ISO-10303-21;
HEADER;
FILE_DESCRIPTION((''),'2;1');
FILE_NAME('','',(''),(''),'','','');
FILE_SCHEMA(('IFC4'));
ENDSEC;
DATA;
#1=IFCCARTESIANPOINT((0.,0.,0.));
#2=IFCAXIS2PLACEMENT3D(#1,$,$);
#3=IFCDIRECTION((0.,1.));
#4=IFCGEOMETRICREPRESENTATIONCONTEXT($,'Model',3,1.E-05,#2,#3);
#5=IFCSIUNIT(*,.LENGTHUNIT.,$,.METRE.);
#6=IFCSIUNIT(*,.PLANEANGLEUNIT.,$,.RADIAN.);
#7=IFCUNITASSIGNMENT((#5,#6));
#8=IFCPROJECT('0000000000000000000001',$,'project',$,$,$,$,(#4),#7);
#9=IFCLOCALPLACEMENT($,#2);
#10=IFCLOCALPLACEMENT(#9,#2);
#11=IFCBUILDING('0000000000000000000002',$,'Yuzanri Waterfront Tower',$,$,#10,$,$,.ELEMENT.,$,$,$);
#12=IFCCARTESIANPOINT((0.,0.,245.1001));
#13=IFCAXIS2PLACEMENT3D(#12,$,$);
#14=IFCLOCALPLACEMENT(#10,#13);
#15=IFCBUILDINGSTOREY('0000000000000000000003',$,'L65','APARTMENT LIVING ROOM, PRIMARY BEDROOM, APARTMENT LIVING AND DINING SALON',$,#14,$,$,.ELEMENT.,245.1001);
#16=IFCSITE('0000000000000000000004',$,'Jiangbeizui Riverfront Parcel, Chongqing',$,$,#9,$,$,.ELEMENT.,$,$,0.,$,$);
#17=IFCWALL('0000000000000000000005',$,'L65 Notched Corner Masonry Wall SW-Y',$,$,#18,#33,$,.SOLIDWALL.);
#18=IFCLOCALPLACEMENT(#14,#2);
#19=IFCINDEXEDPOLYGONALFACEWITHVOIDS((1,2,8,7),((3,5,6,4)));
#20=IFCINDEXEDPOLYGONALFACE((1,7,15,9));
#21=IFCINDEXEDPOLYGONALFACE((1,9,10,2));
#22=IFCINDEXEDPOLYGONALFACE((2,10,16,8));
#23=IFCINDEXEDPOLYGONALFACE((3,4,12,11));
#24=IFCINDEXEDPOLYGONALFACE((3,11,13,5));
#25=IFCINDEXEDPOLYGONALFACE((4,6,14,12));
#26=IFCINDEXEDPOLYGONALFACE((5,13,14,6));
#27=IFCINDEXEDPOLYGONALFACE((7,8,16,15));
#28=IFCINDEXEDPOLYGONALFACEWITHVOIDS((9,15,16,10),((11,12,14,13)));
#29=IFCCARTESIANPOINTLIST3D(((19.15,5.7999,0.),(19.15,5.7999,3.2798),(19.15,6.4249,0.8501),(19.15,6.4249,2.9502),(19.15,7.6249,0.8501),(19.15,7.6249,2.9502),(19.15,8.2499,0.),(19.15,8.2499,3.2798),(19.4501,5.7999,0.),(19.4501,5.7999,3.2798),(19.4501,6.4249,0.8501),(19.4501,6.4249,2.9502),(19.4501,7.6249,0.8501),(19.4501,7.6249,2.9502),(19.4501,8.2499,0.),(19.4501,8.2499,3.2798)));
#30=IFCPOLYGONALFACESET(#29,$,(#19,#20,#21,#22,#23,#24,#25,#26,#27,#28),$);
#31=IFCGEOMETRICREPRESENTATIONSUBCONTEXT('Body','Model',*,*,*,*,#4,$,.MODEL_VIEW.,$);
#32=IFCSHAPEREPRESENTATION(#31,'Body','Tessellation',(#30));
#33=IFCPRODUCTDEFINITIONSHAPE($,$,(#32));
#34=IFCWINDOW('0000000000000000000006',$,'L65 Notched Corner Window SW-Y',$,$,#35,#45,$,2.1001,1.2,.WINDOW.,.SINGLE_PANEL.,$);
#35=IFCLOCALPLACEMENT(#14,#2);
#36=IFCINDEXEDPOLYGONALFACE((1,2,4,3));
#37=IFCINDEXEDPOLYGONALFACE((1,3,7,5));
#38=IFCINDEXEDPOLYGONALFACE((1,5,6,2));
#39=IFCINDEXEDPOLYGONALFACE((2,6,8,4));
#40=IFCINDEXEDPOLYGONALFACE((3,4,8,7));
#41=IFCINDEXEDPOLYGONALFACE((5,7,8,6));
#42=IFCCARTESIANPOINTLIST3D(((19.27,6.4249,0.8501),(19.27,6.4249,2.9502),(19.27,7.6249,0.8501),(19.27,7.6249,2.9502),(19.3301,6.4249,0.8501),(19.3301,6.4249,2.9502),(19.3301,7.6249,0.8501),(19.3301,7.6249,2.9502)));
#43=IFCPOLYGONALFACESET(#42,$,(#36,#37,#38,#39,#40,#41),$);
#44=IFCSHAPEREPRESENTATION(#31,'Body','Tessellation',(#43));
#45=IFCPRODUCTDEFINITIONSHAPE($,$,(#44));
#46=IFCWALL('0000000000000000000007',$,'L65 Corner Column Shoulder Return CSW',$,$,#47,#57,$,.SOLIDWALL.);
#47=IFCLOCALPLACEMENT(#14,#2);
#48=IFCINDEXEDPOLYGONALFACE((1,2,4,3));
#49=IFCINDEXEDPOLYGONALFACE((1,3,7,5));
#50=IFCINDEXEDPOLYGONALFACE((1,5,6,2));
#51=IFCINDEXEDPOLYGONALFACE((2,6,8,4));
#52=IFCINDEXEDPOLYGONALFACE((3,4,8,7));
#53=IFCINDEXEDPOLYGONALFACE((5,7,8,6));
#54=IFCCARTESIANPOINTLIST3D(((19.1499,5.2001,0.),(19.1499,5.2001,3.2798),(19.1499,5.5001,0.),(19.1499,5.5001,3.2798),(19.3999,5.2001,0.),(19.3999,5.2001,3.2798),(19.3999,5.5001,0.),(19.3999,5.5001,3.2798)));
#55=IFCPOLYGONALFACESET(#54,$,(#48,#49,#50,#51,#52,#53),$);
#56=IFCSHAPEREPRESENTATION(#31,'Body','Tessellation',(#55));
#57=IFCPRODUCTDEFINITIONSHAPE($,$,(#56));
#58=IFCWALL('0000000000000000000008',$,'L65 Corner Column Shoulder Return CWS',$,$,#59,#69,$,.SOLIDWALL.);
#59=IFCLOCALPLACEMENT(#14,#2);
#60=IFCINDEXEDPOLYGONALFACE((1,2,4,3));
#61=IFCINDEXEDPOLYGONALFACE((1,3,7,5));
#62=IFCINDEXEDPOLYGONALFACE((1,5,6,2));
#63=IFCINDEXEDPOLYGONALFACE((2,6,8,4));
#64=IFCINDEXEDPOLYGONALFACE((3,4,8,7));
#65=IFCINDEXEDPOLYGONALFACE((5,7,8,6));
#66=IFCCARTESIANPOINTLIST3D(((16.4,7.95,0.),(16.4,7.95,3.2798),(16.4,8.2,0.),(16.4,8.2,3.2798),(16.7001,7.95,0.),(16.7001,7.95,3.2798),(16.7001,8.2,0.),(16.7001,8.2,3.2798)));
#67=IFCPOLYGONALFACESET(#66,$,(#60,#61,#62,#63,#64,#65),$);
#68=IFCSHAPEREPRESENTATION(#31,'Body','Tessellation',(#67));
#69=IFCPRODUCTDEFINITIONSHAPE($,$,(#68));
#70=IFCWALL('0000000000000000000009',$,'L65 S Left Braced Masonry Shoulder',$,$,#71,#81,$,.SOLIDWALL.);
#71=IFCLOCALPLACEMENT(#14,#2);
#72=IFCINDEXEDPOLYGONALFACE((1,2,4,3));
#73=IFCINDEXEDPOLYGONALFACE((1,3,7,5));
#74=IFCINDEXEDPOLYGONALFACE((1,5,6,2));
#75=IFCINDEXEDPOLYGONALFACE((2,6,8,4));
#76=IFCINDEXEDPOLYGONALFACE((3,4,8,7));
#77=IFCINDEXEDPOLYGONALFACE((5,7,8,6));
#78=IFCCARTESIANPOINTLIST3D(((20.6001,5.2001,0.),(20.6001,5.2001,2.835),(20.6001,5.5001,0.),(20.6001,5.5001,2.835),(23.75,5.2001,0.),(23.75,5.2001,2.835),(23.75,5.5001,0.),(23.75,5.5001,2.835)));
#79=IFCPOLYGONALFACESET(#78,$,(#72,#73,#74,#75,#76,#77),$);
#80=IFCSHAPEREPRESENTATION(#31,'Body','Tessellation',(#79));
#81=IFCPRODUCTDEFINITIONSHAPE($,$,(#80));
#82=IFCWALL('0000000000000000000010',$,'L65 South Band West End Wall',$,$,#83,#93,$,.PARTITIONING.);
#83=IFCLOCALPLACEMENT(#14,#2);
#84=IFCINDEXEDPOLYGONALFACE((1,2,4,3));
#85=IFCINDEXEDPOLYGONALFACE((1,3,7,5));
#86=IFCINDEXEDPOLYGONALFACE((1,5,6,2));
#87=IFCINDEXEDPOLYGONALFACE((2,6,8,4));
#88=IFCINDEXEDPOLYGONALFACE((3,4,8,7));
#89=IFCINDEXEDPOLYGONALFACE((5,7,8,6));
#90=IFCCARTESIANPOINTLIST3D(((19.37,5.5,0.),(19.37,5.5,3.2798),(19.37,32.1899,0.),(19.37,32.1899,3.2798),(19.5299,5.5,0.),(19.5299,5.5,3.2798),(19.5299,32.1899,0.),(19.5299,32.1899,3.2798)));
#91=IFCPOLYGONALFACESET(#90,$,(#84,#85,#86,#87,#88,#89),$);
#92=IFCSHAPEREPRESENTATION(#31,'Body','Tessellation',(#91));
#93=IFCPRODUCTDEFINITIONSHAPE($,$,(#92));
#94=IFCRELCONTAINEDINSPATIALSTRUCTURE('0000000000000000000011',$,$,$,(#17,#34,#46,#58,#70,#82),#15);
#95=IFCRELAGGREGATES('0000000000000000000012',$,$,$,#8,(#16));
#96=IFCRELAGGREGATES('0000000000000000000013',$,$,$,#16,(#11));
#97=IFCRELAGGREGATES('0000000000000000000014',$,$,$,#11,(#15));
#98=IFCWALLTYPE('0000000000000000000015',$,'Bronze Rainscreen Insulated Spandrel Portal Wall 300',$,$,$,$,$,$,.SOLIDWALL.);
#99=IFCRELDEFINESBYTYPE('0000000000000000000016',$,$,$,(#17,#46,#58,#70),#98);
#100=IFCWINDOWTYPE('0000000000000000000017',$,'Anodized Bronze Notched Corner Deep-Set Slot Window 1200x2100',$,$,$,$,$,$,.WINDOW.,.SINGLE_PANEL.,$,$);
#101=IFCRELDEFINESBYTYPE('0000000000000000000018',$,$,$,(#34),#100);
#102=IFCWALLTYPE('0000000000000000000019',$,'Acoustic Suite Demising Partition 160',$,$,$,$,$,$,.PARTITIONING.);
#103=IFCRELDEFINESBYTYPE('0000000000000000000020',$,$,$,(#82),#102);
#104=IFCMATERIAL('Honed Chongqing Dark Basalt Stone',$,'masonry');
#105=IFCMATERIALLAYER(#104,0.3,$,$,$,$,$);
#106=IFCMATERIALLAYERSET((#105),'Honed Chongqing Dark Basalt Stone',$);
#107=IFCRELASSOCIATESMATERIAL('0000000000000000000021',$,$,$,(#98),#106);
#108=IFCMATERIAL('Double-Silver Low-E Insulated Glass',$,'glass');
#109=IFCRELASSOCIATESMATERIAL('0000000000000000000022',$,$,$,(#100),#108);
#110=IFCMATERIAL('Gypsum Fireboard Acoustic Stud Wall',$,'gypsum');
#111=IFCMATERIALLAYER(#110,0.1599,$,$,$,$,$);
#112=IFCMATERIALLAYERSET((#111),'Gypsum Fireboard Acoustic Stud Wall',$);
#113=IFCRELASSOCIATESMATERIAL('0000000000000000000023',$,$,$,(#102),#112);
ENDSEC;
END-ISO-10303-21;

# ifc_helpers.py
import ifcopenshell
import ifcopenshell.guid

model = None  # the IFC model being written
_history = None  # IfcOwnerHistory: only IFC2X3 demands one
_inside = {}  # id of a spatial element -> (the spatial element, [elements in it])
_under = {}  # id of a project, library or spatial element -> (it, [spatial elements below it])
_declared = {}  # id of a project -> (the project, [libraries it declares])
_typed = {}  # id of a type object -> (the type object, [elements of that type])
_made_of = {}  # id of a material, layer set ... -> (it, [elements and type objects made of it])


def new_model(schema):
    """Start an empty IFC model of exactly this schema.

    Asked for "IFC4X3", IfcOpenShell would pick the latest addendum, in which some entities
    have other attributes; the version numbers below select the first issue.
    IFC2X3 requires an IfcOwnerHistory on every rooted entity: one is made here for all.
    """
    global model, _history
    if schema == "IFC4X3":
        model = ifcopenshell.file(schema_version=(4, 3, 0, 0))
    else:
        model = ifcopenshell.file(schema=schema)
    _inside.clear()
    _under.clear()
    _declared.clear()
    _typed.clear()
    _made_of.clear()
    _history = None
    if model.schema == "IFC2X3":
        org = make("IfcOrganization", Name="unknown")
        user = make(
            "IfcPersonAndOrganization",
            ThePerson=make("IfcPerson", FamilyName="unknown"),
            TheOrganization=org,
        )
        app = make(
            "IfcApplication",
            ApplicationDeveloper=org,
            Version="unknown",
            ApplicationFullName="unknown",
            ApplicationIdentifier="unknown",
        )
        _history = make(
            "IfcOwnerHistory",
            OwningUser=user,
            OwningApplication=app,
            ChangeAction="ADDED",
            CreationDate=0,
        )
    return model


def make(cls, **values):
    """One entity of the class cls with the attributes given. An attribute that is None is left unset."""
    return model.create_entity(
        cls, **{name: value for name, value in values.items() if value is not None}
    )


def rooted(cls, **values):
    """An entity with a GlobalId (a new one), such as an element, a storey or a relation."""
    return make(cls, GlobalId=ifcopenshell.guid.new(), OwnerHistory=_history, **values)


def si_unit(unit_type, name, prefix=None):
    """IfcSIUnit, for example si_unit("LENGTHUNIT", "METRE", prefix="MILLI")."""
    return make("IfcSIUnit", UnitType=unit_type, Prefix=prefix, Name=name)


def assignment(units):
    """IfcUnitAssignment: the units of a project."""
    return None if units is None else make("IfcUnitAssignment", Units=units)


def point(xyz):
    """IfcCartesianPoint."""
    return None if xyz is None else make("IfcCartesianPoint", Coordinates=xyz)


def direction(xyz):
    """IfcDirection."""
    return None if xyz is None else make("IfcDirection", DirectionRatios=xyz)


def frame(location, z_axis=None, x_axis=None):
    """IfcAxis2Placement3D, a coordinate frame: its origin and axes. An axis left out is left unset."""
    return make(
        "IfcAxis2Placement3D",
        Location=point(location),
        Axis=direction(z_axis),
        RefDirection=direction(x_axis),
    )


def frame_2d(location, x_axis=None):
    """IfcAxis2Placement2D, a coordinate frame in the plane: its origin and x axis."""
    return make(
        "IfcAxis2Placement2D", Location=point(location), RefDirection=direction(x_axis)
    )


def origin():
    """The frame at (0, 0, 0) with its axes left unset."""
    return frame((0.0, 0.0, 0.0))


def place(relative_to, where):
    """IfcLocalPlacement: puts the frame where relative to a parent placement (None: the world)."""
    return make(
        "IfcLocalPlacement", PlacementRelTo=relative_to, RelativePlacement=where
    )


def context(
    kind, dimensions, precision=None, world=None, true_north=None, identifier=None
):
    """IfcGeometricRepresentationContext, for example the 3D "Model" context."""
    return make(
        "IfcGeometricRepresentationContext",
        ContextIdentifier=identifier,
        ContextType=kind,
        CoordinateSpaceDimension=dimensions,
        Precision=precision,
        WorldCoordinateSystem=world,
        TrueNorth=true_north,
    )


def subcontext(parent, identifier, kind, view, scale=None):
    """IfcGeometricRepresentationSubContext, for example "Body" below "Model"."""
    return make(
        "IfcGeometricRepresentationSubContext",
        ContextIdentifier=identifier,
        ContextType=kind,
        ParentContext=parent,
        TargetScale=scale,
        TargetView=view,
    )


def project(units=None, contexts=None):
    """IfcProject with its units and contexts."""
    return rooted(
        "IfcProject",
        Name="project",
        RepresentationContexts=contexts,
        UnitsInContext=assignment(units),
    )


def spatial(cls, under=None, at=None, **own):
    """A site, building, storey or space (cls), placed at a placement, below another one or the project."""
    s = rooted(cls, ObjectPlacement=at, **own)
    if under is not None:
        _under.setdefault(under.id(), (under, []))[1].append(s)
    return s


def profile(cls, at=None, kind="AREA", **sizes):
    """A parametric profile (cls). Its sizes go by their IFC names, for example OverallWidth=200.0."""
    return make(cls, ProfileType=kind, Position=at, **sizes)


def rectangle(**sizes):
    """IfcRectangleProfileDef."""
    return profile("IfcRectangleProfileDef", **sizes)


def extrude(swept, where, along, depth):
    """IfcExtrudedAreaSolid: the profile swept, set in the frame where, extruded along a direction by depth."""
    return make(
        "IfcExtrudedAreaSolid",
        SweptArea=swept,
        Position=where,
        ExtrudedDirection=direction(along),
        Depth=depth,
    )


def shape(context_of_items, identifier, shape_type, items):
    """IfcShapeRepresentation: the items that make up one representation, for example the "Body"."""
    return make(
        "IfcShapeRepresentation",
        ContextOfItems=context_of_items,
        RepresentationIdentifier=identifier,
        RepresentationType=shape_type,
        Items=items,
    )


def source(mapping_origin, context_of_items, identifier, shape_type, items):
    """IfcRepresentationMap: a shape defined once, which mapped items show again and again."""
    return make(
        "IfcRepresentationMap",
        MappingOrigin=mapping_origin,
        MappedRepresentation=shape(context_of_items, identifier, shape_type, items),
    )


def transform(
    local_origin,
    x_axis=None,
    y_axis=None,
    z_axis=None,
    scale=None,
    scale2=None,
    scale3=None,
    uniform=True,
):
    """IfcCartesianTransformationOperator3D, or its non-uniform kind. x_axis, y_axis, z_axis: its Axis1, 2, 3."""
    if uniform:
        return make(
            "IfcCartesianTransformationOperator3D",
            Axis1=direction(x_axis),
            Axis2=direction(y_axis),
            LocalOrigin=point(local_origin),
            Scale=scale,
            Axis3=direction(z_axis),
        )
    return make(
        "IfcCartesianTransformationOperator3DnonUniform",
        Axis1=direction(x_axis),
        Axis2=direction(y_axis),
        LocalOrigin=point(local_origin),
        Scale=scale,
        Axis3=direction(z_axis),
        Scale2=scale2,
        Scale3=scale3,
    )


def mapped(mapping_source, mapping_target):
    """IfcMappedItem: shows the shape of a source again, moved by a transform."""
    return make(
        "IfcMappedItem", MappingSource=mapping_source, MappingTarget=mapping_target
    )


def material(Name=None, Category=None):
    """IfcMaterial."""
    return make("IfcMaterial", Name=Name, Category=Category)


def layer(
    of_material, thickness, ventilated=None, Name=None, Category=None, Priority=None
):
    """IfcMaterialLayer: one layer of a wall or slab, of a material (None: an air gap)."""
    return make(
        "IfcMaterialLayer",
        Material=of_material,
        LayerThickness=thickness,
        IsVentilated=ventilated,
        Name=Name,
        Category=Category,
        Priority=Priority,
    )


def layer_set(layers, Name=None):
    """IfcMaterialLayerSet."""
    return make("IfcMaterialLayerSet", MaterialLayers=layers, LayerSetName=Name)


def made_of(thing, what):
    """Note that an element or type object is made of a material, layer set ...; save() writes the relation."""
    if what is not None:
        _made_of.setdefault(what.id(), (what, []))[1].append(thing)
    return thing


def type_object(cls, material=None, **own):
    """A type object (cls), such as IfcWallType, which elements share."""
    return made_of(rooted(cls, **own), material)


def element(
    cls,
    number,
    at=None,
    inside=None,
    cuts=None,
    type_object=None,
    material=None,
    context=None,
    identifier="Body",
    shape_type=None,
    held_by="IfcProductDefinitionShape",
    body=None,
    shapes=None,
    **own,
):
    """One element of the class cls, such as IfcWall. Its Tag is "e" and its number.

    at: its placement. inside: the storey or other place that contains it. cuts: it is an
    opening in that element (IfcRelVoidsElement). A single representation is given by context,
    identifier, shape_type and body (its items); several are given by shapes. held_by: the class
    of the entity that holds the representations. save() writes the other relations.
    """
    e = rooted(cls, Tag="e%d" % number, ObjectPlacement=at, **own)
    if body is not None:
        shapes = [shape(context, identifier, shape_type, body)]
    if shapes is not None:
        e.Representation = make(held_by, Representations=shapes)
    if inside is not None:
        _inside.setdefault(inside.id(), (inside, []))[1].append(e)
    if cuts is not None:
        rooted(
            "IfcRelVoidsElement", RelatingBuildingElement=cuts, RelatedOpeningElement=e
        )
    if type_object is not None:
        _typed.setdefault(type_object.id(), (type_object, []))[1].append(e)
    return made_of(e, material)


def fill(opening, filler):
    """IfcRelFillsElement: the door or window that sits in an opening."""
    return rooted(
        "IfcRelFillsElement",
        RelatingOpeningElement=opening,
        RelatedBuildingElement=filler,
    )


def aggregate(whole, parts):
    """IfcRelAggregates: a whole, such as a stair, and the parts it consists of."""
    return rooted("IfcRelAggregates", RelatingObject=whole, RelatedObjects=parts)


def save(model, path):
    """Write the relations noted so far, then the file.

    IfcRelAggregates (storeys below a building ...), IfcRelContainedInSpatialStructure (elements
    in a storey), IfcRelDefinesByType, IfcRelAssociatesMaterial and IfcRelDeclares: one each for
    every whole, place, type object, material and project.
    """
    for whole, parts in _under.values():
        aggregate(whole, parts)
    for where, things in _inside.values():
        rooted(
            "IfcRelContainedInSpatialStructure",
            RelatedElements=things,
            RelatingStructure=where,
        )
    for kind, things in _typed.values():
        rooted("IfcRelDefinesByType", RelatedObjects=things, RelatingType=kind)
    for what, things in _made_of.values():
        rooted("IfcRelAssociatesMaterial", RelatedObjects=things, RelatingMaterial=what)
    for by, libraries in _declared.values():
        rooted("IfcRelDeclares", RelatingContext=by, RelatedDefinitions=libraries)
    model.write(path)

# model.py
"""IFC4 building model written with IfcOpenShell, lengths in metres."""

from ifc_helpers import new_model, si_unit, direction, frame, frame_2d, origin, place, context, subcontext, project, spatial, rectangle, extrude, source, transform, mapped, material, layer, layer_set, type_object, element, fill, save


model = new_model("IFC4")

# Units and contexts
model_context = context("Model", 3, precision=1e-05, world=origin(), true_north=direction((0.0, 1.0)))
body_context = subcontext(model_context, "Body", "Model", "MODEL_VIEW")
ifc_project = project(units=[si_unit("LENGTHUNIT", "METRE"), si_unit("PLANEANGLEUNIT", "RADIAN")], contexts=[model_context])

# Site, building, storey
site_placement = place(None, origin())
site = spatial("IfcSite", under=ifc_project, at=site_placement, Name="Jiangbeizui Riverfront Parcel, Chongqing", CompositionType="ELEMENT", RefElevation=0.0)
building_placement = place(site_placement, origin())
building = spatial("IfcBuilding", under=site, at=building_placement, Name="Yuzanri Waterfront Tower", CompositionType="ELEMENT")
storey_placement = place(building_placement, frame((0.0, 0.0, 245.1001)))
storey = spatial("IfcBuildingStorey", under=building, at=storey_placement, Name="L65", Description="APARTMENT LIVING ROOM, PRIMARY BEDROOM, APARTMENT LIVING AND DINING SALON", CompositionType="ELEMENT", Elevation=245.1001)

# Wall, opening, window
ifc_material_1 = material(Name="Honed Chongqing Dark Basalt Stone", Category="masonry")
ifc_layer_1 = layer(ifc_material_1, 0.3)
ifc_layer_set_1 = layer_set([ifc_layer_1], Name="Honed Chongqing Dark Basalt Stone")
wall_type_1 = type_object("IfcWallType", Name="Bronze Rainscreen Insulated Spandrel Portal Wall 300", PredefinedType="SOLIDWALL", material=ifc_layer_set_1)
wall_1_placement = place(storey_placement, frame((19.3, 8.25, 0.0), z_axis=(0.0, 0.0, 1.0), x_axis=(0.0, -1.0, 0.0)))
wall_1 = element("IfcWall", 1, at=wall_1_placement, inside=storey, type_object=wall_type_1, Name="L65 Notched Corner Masonry Wall SW-Y", PredefinedType="SOLIDWALL", context=body_context, shape_type="SweptSolid", body=[
    extrude(rectangle(XDim=2.45, YDim=0.3, at=frame_2d((1.2251, 0.0))), origin(), (0.0, 0.0, 1.0), 3.2798),
])
opening_1_placement = place(wall_1_placement, frame((0.625, 0.0, 0.8501)))
opening_1 = element("IfcOpeningElement", 2, at=opening_1_placement, cuts=wall_1, PredefinedType="OPENING", context=body_context, shape_type="SweptSolid", body=[
    extrude(rectangle(XDim=1.2, YDim=2.1001, at=frame_2d((0.6001, 1.05))), frame((0.0, 0.165, 0.0), z_axis=(0.0, -1.0, 0.0), x_axis=(1.0, 0.0, 0.0)), (0.0, 0.0, 1.0), 0.3298),
])
ifc_material_2 = material(Name="Double-Silver Low-E Insulated Glass", Category="glass")
window_type_1 = type_object("IfcWindowType", Name="Anodized Bronze Notched Corner Deep-Set Slot Window 1200x2100", PartitioningType="SINGLE_PANEL", PredefinedType="WINDOW", material=ifc_material_2)
shared_shape_1 = source(origin(), body_context, "Body", "SweptSolid", [
    extrude(rectangle(XDim=1.2, YDim=2.1001, at=frame_2d((0.6001, 1.05))), frame((0.0, 0.03, 0.0), z_axis=(0.0, -1.0, 0.0), x_axis=(1.0, 0.0, 0.0)), (0.0, 0.0, 1.0), 0.0601),
])
window_1_placement = place(opening_1_placement, origin())
window_1 = element("IfcWindow", 3, at=window_1_placement, inside=storey, type_object=window_type_1, Name="L65 Notched Corner Window SW-Y", OverallHeight=2.1001, OverallWidth=1.2, PartitioningType="SINGLE_PANEL", PredefinedType="WINDOW", context=body_context, shape_type="MappedRepresentation", body=[
    mapped(shared_shape_1, transform((0.0, 0.0, 0.0), scale=1.0)),
])
fill(opening_1, window_1)

# Walls
shared_shape_2 = source(origin(), body_context, "Body", "SweptSolid", [
    extrude(rectangle(XDim=0.25, YDim=0.3, at=frame_2d((0.125, 0.0))), origin(), (0.0, 0.0, 1.0), 3.2798),
])
for number, where, z_axis, x_axis, name in (
    (4, (19.1499, 5.3501, 0.0), (0.0, 0.0, 1.0), (1.0, 0.0, 0.0), "L65 Corner Column Shoulder Return CSW"),
    (5, (16.55, 7.95, 0.0), (0.0, 0.0, 1.0), (0.0, 1.0, 0.0), "L65 Corner Column Shoulder Return CWS"),
):
    element("IfcWall", number, at=place(storey_placement, frame(where, z_axis=z_axis, x_axis=x_axis)), inside=storey, type_object=wall_type_1, Name=name, PredefinedType="SOLIDWALL", context=body_context, shape_type="MappedRepresentation", body=[
        mapped(shared_shape_2, transform((0.0, 0.0, 0.0), scale=1.0)),
    ])
shared_shape_3 = source(origin(), body_context, "Body", "SweptSolid", [
    extrude(rectangle(XDim=3.1499, YDim=0.3, at=frame_2d((1.575, 0.0))), origin(), (0.0, 0.0, 1.0), 2.835),
])
wall_2_placement = place(storey_placement, frame((20.6001, 5.3501, 0.0), z_axis=(0.0, 0.0, 1.0), x_axis=(1.0, 0.0, 0.0)))
element("IfcWall", 6, at=wall_2_placement, inside=storey, type_object=wall_type_1, Name="L65 S Left Braced Masonry Shoulder", PredefinedType="SOLIDWALL", context=body_context, shape_type="MappedRepresentation", body=[
    mapped(shared_shape_3, transform((0.0, 0.0, 0.0), scale=1.0)),
])
ifc_material_3 = material(Name="Gypsum Fireboard Acoustic Stud Wall", Category="gypsum")
ifc_layer_2 = layer(ifc_material_3, 0.1599)
ifc_layer_set_2 = layer_set([ifc_layer_2], Name="Gypsum Fireboard Acoustic Stud Wall")
wall_type_2 = type_object("IfcWallType", Name="Acoustic Suite Demising Partition 160", PredefinedType="PARTITIONING", material=ifc_layer_set_2)
shared_shape_4 = source(origin(), body_context, "Body", "SweptSolid", [
    extrude(rectangle(XDim=26.6899, YDim=0.1599, at=frame_2d((13.345, 0.0))), origin(), (0.0, 0.0, 1.0), 3.2798),
])
wall_3_placement = place(storey_placement, frame((19.45, 5.5, 0.0), z_axis=(0.0, 0.0, 1.0), x_axis=(0.0, 1.0, 0.0)))
element("IfcWall", 7, at=wall_3_placement, inside=storey, type_object=wall_type_2, Name="L65 South Band West End Wall", PredefinedType="PARTITIONING", context=body_context, shape_type="MappedRepresentation", body=[
    mapped(shared_shape_4, transform((0.0, 0.0, 0.0), scale=1.0)),
])

save(model, "model.ifc")
